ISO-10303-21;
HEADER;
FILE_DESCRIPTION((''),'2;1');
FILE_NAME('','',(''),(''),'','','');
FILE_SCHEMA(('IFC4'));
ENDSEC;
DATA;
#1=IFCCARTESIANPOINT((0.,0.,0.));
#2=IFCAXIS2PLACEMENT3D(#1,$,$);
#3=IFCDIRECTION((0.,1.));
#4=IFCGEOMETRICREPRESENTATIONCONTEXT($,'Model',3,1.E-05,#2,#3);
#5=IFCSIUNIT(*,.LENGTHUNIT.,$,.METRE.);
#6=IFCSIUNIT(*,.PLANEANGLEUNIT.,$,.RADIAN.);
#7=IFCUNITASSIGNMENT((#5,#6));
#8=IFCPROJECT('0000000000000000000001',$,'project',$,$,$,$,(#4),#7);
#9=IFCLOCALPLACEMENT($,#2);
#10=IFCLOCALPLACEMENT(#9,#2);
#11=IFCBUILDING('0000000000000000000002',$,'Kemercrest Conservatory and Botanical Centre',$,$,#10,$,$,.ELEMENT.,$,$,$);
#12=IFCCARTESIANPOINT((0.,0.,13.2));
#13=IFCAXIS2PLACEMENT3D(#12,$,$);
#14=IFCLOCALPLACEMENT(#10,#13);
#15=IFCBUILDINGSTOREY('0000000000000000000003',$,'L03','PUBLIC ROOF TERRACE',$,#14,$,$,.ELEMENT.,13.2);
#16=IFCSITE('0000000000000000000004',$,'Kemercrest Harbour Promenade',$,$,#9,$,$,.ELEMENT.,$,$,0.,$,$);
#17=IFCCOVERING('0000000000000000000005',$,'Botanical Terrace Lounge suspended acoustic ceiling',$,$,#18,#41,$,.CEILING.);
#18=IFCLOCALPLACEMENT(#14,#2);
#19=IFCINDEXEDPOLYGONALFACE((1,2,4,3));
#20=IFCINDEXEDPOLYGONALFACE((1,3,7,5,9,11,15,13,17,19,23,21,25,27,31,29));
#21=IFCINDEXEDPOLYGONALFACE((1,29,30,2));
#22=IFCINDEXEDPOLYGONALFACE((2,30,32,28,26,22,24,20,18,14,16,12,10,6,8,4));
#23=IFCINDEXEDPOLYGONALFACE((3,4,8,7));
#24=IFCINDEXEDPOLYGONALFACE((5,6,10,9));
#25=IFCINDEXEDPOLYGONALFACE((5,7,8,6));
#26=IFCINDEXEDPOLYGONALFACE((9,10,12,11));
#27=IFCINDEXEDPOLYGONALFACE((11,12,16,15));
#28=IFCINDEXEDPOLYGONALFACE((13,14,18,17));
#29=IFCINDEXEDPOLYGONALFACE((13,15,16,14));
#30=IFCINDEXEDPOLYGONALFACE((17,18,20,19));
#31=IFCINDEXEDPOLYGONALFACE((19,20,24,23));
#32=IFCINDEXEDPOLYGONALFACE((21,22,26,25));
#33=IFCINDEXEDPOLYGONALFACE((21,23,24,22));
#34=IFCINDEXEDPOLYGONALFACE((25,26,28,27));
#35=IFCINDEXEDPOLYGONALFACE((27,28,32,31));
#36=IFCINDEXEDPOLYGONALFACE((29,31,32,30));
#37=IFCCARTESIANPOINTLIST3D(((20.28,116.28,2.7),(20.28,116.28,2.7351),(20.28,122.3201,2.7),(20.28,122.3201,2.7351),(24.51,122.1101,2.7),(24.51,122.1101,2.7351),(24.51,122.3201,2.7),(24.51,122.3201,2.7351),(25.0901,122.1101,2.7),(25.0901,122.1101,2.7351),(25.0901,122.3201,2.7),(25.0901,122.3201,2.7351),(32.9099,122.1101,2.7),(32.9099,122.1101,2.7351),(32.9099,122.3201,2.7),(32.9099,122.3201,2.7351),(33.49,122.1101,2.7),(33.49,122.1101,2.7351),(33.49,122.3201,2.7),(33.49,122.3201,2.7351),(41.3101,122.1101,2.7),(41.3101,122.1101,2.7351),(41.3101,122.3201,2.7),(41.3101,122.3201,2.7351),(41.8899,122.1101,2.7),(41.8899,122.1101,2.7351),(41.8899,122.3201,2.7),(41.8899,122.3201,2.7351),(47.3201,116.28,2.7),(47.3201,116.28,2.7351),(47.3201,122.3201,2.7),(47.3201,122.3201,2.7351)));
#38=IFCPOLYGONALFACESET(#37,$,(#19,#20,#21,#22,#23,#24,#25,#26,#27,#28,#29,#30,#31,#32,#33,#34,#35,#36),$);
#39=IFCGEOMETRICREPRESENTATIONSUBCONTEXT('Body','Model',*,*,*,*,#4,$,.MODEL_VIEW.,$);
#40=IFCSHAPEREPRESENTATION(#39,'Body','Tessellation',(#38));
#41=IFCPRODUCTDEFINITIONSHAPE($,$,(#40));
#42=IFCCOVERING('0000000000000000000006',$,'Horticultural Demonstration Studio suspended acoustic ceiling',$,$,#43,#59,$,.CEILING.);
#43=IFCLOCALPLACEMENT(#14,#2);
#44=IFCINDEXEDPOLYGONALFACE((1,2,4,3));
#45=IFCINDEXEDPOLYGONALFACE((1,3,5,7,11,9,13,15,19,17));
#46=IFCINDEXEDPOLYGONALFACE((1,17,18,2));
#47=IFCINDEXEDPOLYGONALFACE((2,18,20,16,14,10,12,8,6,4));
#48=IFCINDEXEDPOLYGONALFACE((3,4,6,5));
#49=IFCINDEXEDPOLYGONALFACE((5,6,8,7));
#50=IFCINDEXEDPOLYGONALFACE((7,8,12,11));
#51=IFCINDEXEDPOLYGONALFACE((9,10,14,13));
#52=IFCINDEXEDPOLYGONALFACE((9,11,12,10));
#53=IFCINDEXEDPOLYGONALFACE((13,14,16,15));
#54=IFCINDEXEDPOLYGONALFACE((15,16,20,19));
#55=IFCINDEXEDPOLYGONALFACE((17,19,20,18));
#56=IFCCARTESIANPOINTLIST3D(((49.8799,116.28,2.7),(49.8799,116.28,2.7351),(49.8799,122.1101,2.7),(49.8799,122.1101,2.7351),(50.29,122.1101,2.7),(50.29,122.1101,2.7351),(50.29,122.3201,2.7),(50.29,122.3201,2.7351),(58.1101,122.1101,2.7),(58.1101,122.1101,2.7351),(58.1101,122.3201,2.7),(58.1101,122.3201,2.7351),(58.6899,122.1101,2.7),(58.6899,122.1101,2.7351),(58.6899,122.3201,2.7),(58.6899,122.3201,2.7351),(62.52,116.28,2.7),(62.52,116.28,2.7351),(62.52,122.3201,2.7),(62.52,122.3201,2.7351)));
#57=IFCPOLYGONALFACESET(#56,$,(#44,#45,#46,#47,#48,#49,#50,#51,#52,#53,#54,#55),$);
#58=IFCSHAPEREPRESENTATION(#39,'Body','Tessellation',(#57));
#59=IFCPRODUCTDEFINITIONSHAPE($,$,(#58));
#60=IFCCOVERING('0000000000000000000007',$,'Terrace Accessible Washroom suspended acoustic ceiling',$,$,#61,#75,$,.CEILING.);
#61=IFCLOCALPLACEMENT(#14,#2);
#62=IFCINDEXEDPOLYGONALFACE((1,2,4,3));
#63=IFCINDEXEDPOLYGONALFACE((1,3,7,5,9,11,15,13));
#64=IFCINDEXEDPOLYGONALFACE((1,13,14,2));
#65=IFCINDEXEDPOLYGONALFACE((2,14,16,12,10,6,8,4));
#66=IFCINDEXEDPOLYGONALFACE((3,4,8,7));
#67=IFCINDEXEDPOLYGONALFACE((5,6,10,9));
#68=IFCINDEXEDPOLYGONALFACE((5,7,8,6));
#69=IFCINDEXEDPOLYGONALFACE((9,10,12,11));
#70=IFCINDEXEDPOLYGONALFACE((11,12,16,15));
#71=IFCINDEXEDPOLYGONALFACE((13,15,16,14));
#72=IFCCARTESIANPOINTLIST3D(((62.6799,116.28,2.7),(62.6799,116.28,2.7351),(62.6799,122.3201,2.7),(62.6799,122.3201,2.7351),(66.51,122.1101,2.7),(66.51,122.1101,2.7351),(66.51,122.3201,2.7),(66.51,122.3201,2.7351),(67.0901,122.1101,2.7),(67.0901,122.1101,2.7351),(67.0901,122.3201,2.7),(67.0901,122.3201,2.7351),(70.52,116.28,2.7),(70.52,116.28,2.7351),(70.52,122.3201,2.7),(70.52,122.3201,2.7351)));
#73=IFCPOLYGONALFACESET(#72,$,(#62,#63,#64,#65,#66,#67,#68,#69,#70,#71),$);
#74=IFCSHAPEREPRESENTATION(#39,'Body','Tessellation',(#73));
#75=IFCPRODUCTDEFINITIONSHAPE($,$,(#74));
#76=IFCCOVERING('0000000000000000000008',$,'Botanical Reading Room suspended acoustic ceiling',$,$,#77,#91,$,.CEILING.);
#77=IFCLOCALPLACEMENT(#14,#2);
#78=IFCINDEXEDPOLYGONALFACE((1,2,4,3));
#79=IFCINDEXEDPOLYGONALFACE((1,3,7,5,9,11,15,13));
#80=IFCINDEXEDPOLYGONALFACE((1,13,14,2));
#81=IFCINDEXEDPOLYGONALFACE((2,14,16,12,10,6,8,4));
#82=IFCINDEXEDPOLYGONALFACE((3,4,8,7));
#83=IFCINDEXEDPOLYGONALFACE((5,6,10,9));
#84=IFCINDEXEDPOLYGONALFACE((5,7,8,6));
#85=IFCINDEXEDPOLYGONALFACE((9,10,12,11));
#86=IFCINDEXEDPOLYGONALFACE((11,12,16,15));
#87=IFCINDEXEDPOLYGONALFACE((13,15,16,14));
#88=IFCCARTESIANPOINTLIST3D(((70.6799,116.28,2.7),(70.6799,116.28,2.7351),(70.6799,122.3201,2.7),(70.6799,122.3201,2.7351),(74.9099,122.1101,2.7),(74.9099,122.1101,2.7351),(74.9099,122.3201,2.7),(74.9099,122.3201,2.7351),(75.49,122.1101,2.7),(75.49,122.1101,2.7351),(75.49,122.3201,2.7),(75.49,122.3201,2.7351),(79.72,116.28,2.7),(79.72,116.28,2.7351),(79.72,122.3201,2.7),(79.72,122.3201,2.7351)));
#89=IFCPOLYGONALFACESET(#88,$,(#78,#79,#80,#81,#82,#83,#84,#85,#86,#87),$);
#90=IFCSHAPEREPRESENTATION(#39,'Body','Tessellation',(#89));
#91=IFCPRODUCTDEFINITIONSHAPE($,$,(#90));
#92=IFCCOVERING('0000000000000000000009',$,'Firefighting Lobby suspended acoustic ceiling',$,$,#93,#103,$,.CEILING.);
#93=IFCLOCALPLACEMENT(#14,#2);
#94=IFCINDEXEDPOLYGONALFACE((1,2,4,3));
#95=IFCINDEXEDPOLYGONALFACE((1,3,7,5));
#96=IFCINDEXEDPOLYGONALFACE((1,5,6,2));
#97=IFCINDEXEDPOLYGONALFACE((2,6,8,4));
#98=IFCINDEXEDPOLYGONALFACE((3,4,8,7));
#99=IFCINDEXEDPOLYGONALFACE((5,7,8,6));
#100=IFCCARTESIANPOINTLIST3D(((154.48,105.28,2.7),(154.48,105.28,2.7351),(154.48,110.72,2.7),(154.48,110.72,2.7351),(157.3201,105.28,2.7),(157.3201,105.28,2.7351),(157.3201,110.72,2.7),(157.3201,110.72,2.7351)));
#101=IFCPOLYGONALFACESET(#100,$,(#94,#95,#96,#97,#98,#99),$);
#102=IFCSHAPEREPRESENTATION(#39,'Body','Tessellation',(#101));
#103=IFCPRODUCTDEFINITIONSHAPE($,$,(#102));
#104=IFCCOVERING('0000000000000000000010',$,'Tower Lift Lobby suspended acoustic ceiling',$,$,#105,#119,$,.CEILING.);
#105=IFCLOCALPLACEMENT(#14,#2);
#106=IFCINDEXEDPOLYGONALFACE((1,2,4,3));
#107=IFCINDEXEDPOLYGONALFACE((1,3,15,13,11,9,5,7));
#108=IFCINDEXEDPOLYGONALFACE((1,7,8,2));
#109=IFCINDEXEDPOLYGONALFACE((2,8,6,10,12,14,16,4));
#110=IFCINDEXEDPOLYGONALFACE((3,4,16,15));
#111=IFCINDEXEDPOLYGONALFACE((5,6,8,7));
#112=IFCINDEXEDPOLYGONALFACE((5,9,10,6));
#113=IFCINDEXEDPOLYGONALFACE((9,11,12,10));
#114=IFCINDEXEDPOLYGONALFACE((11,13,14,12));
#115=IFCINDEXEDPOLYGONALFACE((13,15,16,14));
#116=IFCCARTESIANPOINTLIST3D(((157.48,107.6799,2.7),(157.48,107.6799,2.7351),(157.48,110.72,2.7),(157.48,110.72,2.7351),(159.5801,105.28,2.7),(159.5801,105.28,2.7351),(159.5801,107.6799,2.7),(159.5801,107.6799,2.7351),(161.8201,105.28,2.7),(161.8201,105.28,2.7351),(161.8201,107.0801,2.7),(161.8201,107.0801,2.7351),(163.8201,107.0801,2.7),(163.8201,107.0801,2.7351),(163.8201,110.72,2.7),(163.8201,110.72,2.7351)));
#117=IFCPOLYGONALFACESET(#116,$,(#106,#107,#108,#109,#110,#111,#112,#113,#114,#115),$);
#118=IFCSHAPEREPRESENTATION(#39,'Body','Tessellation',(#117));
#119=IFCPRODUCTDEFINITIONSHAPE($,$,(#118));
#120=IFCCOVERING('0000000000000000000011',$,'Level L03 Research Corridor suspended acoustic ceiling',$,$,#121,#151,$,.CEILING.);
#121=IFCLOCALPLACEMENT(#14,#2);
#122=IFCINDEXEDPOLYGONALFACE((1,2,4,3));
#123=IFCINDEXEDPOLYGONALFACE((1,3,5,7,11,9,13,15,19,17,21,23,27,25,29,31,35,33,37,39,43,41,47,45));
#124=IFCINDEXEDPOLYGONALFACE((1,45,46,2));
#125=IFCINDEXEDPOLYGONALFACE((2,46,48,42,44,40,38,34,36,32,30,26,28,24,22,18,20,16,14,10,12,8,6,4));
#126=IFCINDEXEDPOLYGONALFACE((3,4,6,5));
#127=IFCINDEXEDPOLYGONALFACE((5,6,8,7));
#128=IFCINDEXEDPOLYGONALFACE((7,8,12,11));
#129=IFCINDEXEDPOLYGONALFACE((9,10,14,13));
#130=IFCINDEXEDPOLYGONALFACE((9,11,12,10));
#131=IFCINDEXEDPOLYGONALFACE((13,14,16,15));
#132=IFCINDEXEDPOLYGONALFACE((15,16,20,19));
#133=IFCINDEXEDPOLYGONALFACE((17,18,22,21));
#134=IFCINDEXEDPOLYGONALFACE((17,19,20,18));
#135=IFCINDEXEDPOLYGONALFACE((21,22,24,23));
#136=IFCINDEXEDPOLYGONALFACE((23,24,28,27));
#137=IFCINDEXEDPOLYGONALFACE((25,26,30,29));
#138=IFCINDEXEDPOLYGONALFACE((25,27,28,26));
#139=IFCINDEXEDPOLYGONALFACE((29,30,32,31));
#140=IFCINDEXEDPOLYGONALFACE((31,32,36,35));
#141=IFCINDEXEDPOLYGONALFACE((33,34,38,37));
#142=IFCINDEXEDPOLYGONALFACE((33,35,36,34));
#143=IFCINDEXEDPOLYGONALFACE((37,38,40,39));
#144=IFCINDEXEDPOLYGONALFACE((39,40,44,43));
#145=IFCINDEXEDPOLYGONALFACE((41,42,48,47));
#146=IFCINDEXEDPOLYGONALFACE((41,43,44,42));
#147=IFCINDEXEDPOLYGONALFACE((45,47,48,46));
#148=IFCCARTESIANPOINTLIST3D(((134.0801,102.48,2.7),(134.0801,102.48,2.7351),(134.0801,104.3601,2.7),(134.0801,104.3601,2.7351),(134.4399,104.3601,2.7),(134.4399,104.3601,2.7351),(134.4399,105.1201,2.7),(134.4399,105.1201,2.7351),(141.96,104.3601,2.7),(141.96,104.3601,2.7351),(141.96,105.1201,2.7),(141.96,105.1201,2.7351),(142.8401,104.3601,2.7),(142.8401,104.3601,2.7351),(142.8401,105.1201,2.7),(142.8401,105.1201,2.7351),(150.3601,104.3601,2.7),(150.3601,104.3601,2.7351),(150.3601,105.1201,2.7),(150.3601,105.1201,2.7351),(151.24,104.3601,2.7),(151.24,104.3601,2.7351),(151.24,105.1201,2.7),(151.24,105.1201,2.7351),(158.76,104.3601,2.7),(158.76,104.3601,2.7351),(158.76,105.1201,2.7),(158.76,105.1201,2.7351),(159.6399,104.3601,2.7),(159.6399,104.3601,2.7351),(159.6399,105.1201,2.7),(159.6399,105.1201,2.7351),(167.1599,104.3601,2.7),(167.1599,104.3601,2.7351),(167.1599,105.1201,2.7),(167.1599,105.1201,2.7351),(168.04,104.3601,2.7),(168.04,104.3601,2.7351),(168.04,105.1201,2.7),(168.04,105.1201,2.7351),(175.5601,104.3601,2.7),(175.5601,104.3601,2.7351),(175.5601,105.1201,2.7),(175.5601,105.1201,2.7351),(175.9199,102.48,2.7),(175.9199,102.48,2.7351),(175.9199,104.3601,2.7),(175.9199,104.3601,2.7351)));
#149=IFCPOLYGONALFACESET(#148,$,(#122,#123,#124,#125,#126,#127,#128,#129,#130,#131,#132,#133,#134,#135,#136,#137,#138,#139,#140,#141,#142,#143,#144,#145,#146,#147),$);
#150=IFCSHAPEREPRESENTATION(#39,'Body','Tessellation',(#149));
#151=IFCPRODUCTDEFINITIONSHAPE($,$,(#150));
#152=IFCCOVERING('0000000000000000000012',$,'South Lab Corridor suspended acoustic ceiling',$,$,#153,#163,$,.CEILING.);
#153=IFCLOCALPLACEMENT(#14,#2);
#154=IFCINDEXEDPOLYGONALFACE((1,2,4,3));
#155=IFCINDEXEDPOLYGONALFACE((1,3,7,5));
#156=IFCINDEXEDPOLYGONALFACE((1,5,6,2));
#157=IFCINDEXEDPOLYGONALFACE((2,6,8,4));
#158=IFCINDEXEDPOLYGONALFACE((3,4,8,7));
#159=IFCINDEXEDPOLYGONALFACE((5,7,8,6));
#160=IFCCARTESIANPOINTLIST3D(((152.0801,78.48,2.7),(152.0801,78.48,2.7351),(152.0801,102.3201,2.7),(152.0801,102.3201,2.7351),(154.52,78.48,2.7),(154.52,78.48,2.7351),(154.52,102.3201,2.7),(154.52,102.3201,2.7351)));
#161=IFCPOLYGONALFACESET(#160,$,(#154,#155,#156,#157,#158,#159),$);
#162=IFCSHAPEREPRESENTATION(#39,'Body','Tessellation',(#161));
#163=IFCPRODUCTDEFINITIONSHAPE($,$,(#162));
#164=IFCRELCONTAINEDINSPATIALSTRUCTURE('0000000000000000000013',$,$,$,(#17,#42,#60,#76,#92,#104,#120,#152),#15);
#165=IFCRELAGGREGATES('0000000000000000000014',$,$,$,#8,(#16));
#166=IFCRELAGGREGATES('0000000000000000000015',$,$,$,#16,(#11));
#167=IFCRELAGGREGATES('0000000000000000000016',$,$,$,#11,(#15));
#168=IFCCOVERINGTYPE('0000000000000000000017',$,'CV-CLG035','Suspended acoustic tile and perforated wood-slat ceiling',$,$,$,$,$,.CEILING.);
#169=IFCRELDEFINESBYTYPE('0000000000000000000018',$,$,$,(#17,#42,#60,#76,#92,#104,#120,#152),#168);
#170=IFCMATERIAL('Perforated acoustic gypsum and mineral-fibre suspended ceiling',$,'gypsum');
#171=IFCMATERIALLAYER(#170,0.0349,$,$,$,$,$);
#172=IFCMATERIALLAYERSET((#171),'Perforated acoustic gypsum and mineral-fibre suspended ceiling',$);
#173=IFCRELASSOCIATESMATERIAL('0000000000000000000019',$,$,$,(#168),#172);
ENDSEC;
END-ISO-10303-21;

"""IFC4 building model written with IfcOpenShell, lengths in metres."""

from ifc_helpers import new_model, si_unit, direction, frame, origin, place, context, subcontext, project, spatial, polyline, outline, extrude, material, layer, layer_set, type_object, element, save


model = new_model("IFC4")

# Units and contexts
model_context = context("Model", 3, precision=1e-05, world=origin(), true_north=direction((0.0, 1.0)))
body_context = subcontext(model_context, "Body", "Model", "MODEL_VIEW")
ifc_project = project(units=[si_unit("LENGTHUNIT", "METRE"), si_unit("PLANEANGLEUNIT", "RADIAN")], contexts=[model_context])

# Site, building, storey
site_placement = place(None, origin())
site = spatial("IfcSite", under=ifc_project, at=site_placement, Name="Kemercrest Harbour Promenade", CompositionType="ELEMENT", RefElevation=0.0)
building_placement = place(site_placement, origin())
building = spatial("IfcBuilding", under=site, at=building_placement, Name="Kemercrest Conservatory and Botanical Centre", CompositionType="ELEMENT")
storey_placement = place(building_placement, frame((0.0, 0.0, 13.2)))
storey = spatial("IfcBuildingStorey", under=building, at=storey_placement, Name="L03", Description="PUBLIC ROOF TERRACE", CompositionType="ELEMENT", Elevation=13.2)

# Coverings
ifc_material_1 = material(Name="Perforated acoustic gypsum and mineral-fibre suspended ceiling", Category="gypsum")
ifc_layer_1 = layer(ifc_material_1, 0.0349)
ifc_layer_set_1 = layer_set([ifc_layer_1], Name="Perforated acoustic gypsum and mineral-fibre suspended ceiling")
covering_type_1 = type_object("IfcCoveringType", Name="CV-CLG035", Description="Suspended acoustic tile and perforated wood-slat ceiling", PredefinedType="CEILING", material=ifc_layer_set_1)
covering_1_placement = place(storey_placement, frame((0.0, 0.0, 2.7)))
element("IfcCovering", 1, at=covering_1_placement, inside=storey, type_object=covering_type_1, Name="Botanical Terrace Lounge suspended acoustic ceiling", PredefinedType="CEILING", context=body_context, shape_type="SweptSolid", body=[
    extrude(outline(polyline([(20.28, 116.28), (47.3201, 116.28), (47.3201, 122.3201), (41.8899, 122.3201), (41.8899, 122.1101), (41.3101, 122.1101), (41.3101, 122.3201), (33.49, 122.3201), (33.49, 122.1101), (32.9099, 122.1101), (32.9099, 122.3201), (25.0901, 122.3201), (25.0901, 122.1101), (24.51, 122.1101), (24.51, 122.3201), (20.28, 122.3201), (20.28, 116.28)])), origin(), (0.0, 0.0, 1.0), 0.0352),
])
covering_2_placement = place(storey_placement, frame((0.0, 0.0, 2.7)))
element("IfcCovering", 2, at=covering_2_placement, inside=storey, type_object=covering_type_1, Name="Horticultural Demonstration Studio suspended acoustic ceiling", PredefinedType="CEILING", context=body_context, shape_type="SweptSolid", body=[
    extrude(outline(polyline([(49.8799, 116.28), (62.52, 116.28), (62.52, 122.3201), (58.6899, 122.3201), (58.6899, 122.1101), (58.1101, 122.1101), (58.1101, 122.3201), (50.29, 122.3201), (50.29, 122.1101), (49.8799, 122.1101), (49.8799, 116.28)])), origin(), (0.0, 0.0, 1.0), 0.0352),
])
covering_3_placement = place(storey_placement, frame((0.0, 0.0, 2.7)))
element("IfcCovering", 3, at=covering_3_placement, inside=storey, type_object=covering_type_1, Name="Terrace Accessible Washroom suspended acoustic ceiling", PredefinedType="CEILING", context=body_context, shape_type="SweptSolid", body=[
    extrude(outline(polyline([(62.6799, 116.28), (70.52, 116.28), (70.52, 122.3201), (67.0901, 122.3201), (67.0901, 122.1101), (66.51, 122.1101), (66.51, 122.3201), (62.6799, 122.3201), (62.6799, 116.28)])), origin(), (0.0, 0.0, 1.0), 0.0352),
])
covering_4_placement = place(storey_placement, frame((0.0, 0.0, 2.7)))
element("IfcCovering", 4, at=covering_4_placement, inside=storey, type_object=covering_type_1, Name="Botanical Reading Room suspended acoustic ceiling", PredefinedType="CEILING", context=body_context, shape_type="SweptSolid", body=[
    extrude(outline(polyline([(70.6799, 116.28), (79.72, 116.28), (79.72, 122.3201), (75.49, 122.3201), (75.49, 122.1101), (74.9099, 122.1101), (74.9099, 122.3201), (70.6799, 122.3201), (70.6799, 116.28)])), origin(), (0.0, 0.0, 1.0), 0.0352),
])
covering_5_placement = place(storey_placement, frame((0.0, 0.0, 2.7)))
element("IfcCovering", 5, at=covering_5_placement, inside=storey, type_object=covering_type_1, Name="Firefighting Lobby suspended acoustic ceiling", PredefinedType="CEILING", context=body_context, shape_type="SweptSolid", body=[
    extrude(outline(polyline([(154.48, 105.28), (157.3201, 105.28), (157.3201, 110.72), (154.48, 110.72), (154.48, 105.28)])), origin(), (0.0, 0.0, 1.0), 0.0352),
])
covering_6_placement = place(storey_placement, frame((0.0, 0.0, 2.7)))
element("IfcCovering", 6, at=covering_6_placement, inside=storey, type_object=covering_type_1, Name="Tower Lift Lobby suspended acoustic ceiling", PredefinedType="CEILING", context=body_context, shape_type="SweptSolid", body=[
    extrude(outline(polyline([(159.5801, 107.6799), (159.5801, 105.28), (161.8201, 105.28), (161.8201, 107.0801), (163.8201, 107.0801), (163.8201, 110.72), (157.48, 110.72), (157.48, 107.6799), (159.5801, 107.6799)])), origin(), (0.0, 0.0, 1.0), 0.0352),
])
covering_7_placement = place(storey_placement, frame((0.0, 0.0, 2.7)))
element("IfcCovering", 7, at=covering_7_placement, inside=storey, type_object=covering_type_1, Name="Level L03 Research Corridor suspended acoustic ceiling", PredefinedType="CEILING", context=body_context, shape_type="SweptSolid", body=[
    extrude(outline(polyline([(134.0801, 102.48), (175.9199, 102.48), (175.9199, 104.3601), (175.5601, 104.3601), (175.5601, 105.1201), (168.04, 105.1201), (168.04, 104.3601), (167.1599, 104.3601), (167.1599, 105.1201), (159.6399, 105.1201), (159.6399, 104.3601), (158.76, 104.3601), (158.76, 105.1201), (151.24, 105.1201), (151.24, 104.3601), (150.3601, 104.3601), (150.3601, 105.1201), (142.8401, 105.1201), (142.8401, 104.3601), (141.96, 104.3601), (141.96, 105.1201), (134.4399, 105.1201), (134.4399, 104.3601), (134.0801, 104.3601), (134.0801, 102.48)])), origin(), (0.0, 0.0, 1.0), 0.0352),
])
covering_8_placement = place(storey_placement, frame((0.0, 0.0, 2.7)))
element("IfcCovering", 8, at=covering_8_placement, inside=storey, type_object=covering_type_1, Name="South Lab Corridor suspended acoustic ceiling", PredefinedType="CEILING", context=body_context, shape_type="SweptSolid", body=[
    extrude(outline(polyline([(152.0801, 78.48), (154.52, 78.48), (154.52, 102.3201), (152.0801, 102.3201), (152.0801, 78.48)])), origin(), (0.0, 0.0, 1.0), 0.0352),
])

save(model, "model.ifc")
